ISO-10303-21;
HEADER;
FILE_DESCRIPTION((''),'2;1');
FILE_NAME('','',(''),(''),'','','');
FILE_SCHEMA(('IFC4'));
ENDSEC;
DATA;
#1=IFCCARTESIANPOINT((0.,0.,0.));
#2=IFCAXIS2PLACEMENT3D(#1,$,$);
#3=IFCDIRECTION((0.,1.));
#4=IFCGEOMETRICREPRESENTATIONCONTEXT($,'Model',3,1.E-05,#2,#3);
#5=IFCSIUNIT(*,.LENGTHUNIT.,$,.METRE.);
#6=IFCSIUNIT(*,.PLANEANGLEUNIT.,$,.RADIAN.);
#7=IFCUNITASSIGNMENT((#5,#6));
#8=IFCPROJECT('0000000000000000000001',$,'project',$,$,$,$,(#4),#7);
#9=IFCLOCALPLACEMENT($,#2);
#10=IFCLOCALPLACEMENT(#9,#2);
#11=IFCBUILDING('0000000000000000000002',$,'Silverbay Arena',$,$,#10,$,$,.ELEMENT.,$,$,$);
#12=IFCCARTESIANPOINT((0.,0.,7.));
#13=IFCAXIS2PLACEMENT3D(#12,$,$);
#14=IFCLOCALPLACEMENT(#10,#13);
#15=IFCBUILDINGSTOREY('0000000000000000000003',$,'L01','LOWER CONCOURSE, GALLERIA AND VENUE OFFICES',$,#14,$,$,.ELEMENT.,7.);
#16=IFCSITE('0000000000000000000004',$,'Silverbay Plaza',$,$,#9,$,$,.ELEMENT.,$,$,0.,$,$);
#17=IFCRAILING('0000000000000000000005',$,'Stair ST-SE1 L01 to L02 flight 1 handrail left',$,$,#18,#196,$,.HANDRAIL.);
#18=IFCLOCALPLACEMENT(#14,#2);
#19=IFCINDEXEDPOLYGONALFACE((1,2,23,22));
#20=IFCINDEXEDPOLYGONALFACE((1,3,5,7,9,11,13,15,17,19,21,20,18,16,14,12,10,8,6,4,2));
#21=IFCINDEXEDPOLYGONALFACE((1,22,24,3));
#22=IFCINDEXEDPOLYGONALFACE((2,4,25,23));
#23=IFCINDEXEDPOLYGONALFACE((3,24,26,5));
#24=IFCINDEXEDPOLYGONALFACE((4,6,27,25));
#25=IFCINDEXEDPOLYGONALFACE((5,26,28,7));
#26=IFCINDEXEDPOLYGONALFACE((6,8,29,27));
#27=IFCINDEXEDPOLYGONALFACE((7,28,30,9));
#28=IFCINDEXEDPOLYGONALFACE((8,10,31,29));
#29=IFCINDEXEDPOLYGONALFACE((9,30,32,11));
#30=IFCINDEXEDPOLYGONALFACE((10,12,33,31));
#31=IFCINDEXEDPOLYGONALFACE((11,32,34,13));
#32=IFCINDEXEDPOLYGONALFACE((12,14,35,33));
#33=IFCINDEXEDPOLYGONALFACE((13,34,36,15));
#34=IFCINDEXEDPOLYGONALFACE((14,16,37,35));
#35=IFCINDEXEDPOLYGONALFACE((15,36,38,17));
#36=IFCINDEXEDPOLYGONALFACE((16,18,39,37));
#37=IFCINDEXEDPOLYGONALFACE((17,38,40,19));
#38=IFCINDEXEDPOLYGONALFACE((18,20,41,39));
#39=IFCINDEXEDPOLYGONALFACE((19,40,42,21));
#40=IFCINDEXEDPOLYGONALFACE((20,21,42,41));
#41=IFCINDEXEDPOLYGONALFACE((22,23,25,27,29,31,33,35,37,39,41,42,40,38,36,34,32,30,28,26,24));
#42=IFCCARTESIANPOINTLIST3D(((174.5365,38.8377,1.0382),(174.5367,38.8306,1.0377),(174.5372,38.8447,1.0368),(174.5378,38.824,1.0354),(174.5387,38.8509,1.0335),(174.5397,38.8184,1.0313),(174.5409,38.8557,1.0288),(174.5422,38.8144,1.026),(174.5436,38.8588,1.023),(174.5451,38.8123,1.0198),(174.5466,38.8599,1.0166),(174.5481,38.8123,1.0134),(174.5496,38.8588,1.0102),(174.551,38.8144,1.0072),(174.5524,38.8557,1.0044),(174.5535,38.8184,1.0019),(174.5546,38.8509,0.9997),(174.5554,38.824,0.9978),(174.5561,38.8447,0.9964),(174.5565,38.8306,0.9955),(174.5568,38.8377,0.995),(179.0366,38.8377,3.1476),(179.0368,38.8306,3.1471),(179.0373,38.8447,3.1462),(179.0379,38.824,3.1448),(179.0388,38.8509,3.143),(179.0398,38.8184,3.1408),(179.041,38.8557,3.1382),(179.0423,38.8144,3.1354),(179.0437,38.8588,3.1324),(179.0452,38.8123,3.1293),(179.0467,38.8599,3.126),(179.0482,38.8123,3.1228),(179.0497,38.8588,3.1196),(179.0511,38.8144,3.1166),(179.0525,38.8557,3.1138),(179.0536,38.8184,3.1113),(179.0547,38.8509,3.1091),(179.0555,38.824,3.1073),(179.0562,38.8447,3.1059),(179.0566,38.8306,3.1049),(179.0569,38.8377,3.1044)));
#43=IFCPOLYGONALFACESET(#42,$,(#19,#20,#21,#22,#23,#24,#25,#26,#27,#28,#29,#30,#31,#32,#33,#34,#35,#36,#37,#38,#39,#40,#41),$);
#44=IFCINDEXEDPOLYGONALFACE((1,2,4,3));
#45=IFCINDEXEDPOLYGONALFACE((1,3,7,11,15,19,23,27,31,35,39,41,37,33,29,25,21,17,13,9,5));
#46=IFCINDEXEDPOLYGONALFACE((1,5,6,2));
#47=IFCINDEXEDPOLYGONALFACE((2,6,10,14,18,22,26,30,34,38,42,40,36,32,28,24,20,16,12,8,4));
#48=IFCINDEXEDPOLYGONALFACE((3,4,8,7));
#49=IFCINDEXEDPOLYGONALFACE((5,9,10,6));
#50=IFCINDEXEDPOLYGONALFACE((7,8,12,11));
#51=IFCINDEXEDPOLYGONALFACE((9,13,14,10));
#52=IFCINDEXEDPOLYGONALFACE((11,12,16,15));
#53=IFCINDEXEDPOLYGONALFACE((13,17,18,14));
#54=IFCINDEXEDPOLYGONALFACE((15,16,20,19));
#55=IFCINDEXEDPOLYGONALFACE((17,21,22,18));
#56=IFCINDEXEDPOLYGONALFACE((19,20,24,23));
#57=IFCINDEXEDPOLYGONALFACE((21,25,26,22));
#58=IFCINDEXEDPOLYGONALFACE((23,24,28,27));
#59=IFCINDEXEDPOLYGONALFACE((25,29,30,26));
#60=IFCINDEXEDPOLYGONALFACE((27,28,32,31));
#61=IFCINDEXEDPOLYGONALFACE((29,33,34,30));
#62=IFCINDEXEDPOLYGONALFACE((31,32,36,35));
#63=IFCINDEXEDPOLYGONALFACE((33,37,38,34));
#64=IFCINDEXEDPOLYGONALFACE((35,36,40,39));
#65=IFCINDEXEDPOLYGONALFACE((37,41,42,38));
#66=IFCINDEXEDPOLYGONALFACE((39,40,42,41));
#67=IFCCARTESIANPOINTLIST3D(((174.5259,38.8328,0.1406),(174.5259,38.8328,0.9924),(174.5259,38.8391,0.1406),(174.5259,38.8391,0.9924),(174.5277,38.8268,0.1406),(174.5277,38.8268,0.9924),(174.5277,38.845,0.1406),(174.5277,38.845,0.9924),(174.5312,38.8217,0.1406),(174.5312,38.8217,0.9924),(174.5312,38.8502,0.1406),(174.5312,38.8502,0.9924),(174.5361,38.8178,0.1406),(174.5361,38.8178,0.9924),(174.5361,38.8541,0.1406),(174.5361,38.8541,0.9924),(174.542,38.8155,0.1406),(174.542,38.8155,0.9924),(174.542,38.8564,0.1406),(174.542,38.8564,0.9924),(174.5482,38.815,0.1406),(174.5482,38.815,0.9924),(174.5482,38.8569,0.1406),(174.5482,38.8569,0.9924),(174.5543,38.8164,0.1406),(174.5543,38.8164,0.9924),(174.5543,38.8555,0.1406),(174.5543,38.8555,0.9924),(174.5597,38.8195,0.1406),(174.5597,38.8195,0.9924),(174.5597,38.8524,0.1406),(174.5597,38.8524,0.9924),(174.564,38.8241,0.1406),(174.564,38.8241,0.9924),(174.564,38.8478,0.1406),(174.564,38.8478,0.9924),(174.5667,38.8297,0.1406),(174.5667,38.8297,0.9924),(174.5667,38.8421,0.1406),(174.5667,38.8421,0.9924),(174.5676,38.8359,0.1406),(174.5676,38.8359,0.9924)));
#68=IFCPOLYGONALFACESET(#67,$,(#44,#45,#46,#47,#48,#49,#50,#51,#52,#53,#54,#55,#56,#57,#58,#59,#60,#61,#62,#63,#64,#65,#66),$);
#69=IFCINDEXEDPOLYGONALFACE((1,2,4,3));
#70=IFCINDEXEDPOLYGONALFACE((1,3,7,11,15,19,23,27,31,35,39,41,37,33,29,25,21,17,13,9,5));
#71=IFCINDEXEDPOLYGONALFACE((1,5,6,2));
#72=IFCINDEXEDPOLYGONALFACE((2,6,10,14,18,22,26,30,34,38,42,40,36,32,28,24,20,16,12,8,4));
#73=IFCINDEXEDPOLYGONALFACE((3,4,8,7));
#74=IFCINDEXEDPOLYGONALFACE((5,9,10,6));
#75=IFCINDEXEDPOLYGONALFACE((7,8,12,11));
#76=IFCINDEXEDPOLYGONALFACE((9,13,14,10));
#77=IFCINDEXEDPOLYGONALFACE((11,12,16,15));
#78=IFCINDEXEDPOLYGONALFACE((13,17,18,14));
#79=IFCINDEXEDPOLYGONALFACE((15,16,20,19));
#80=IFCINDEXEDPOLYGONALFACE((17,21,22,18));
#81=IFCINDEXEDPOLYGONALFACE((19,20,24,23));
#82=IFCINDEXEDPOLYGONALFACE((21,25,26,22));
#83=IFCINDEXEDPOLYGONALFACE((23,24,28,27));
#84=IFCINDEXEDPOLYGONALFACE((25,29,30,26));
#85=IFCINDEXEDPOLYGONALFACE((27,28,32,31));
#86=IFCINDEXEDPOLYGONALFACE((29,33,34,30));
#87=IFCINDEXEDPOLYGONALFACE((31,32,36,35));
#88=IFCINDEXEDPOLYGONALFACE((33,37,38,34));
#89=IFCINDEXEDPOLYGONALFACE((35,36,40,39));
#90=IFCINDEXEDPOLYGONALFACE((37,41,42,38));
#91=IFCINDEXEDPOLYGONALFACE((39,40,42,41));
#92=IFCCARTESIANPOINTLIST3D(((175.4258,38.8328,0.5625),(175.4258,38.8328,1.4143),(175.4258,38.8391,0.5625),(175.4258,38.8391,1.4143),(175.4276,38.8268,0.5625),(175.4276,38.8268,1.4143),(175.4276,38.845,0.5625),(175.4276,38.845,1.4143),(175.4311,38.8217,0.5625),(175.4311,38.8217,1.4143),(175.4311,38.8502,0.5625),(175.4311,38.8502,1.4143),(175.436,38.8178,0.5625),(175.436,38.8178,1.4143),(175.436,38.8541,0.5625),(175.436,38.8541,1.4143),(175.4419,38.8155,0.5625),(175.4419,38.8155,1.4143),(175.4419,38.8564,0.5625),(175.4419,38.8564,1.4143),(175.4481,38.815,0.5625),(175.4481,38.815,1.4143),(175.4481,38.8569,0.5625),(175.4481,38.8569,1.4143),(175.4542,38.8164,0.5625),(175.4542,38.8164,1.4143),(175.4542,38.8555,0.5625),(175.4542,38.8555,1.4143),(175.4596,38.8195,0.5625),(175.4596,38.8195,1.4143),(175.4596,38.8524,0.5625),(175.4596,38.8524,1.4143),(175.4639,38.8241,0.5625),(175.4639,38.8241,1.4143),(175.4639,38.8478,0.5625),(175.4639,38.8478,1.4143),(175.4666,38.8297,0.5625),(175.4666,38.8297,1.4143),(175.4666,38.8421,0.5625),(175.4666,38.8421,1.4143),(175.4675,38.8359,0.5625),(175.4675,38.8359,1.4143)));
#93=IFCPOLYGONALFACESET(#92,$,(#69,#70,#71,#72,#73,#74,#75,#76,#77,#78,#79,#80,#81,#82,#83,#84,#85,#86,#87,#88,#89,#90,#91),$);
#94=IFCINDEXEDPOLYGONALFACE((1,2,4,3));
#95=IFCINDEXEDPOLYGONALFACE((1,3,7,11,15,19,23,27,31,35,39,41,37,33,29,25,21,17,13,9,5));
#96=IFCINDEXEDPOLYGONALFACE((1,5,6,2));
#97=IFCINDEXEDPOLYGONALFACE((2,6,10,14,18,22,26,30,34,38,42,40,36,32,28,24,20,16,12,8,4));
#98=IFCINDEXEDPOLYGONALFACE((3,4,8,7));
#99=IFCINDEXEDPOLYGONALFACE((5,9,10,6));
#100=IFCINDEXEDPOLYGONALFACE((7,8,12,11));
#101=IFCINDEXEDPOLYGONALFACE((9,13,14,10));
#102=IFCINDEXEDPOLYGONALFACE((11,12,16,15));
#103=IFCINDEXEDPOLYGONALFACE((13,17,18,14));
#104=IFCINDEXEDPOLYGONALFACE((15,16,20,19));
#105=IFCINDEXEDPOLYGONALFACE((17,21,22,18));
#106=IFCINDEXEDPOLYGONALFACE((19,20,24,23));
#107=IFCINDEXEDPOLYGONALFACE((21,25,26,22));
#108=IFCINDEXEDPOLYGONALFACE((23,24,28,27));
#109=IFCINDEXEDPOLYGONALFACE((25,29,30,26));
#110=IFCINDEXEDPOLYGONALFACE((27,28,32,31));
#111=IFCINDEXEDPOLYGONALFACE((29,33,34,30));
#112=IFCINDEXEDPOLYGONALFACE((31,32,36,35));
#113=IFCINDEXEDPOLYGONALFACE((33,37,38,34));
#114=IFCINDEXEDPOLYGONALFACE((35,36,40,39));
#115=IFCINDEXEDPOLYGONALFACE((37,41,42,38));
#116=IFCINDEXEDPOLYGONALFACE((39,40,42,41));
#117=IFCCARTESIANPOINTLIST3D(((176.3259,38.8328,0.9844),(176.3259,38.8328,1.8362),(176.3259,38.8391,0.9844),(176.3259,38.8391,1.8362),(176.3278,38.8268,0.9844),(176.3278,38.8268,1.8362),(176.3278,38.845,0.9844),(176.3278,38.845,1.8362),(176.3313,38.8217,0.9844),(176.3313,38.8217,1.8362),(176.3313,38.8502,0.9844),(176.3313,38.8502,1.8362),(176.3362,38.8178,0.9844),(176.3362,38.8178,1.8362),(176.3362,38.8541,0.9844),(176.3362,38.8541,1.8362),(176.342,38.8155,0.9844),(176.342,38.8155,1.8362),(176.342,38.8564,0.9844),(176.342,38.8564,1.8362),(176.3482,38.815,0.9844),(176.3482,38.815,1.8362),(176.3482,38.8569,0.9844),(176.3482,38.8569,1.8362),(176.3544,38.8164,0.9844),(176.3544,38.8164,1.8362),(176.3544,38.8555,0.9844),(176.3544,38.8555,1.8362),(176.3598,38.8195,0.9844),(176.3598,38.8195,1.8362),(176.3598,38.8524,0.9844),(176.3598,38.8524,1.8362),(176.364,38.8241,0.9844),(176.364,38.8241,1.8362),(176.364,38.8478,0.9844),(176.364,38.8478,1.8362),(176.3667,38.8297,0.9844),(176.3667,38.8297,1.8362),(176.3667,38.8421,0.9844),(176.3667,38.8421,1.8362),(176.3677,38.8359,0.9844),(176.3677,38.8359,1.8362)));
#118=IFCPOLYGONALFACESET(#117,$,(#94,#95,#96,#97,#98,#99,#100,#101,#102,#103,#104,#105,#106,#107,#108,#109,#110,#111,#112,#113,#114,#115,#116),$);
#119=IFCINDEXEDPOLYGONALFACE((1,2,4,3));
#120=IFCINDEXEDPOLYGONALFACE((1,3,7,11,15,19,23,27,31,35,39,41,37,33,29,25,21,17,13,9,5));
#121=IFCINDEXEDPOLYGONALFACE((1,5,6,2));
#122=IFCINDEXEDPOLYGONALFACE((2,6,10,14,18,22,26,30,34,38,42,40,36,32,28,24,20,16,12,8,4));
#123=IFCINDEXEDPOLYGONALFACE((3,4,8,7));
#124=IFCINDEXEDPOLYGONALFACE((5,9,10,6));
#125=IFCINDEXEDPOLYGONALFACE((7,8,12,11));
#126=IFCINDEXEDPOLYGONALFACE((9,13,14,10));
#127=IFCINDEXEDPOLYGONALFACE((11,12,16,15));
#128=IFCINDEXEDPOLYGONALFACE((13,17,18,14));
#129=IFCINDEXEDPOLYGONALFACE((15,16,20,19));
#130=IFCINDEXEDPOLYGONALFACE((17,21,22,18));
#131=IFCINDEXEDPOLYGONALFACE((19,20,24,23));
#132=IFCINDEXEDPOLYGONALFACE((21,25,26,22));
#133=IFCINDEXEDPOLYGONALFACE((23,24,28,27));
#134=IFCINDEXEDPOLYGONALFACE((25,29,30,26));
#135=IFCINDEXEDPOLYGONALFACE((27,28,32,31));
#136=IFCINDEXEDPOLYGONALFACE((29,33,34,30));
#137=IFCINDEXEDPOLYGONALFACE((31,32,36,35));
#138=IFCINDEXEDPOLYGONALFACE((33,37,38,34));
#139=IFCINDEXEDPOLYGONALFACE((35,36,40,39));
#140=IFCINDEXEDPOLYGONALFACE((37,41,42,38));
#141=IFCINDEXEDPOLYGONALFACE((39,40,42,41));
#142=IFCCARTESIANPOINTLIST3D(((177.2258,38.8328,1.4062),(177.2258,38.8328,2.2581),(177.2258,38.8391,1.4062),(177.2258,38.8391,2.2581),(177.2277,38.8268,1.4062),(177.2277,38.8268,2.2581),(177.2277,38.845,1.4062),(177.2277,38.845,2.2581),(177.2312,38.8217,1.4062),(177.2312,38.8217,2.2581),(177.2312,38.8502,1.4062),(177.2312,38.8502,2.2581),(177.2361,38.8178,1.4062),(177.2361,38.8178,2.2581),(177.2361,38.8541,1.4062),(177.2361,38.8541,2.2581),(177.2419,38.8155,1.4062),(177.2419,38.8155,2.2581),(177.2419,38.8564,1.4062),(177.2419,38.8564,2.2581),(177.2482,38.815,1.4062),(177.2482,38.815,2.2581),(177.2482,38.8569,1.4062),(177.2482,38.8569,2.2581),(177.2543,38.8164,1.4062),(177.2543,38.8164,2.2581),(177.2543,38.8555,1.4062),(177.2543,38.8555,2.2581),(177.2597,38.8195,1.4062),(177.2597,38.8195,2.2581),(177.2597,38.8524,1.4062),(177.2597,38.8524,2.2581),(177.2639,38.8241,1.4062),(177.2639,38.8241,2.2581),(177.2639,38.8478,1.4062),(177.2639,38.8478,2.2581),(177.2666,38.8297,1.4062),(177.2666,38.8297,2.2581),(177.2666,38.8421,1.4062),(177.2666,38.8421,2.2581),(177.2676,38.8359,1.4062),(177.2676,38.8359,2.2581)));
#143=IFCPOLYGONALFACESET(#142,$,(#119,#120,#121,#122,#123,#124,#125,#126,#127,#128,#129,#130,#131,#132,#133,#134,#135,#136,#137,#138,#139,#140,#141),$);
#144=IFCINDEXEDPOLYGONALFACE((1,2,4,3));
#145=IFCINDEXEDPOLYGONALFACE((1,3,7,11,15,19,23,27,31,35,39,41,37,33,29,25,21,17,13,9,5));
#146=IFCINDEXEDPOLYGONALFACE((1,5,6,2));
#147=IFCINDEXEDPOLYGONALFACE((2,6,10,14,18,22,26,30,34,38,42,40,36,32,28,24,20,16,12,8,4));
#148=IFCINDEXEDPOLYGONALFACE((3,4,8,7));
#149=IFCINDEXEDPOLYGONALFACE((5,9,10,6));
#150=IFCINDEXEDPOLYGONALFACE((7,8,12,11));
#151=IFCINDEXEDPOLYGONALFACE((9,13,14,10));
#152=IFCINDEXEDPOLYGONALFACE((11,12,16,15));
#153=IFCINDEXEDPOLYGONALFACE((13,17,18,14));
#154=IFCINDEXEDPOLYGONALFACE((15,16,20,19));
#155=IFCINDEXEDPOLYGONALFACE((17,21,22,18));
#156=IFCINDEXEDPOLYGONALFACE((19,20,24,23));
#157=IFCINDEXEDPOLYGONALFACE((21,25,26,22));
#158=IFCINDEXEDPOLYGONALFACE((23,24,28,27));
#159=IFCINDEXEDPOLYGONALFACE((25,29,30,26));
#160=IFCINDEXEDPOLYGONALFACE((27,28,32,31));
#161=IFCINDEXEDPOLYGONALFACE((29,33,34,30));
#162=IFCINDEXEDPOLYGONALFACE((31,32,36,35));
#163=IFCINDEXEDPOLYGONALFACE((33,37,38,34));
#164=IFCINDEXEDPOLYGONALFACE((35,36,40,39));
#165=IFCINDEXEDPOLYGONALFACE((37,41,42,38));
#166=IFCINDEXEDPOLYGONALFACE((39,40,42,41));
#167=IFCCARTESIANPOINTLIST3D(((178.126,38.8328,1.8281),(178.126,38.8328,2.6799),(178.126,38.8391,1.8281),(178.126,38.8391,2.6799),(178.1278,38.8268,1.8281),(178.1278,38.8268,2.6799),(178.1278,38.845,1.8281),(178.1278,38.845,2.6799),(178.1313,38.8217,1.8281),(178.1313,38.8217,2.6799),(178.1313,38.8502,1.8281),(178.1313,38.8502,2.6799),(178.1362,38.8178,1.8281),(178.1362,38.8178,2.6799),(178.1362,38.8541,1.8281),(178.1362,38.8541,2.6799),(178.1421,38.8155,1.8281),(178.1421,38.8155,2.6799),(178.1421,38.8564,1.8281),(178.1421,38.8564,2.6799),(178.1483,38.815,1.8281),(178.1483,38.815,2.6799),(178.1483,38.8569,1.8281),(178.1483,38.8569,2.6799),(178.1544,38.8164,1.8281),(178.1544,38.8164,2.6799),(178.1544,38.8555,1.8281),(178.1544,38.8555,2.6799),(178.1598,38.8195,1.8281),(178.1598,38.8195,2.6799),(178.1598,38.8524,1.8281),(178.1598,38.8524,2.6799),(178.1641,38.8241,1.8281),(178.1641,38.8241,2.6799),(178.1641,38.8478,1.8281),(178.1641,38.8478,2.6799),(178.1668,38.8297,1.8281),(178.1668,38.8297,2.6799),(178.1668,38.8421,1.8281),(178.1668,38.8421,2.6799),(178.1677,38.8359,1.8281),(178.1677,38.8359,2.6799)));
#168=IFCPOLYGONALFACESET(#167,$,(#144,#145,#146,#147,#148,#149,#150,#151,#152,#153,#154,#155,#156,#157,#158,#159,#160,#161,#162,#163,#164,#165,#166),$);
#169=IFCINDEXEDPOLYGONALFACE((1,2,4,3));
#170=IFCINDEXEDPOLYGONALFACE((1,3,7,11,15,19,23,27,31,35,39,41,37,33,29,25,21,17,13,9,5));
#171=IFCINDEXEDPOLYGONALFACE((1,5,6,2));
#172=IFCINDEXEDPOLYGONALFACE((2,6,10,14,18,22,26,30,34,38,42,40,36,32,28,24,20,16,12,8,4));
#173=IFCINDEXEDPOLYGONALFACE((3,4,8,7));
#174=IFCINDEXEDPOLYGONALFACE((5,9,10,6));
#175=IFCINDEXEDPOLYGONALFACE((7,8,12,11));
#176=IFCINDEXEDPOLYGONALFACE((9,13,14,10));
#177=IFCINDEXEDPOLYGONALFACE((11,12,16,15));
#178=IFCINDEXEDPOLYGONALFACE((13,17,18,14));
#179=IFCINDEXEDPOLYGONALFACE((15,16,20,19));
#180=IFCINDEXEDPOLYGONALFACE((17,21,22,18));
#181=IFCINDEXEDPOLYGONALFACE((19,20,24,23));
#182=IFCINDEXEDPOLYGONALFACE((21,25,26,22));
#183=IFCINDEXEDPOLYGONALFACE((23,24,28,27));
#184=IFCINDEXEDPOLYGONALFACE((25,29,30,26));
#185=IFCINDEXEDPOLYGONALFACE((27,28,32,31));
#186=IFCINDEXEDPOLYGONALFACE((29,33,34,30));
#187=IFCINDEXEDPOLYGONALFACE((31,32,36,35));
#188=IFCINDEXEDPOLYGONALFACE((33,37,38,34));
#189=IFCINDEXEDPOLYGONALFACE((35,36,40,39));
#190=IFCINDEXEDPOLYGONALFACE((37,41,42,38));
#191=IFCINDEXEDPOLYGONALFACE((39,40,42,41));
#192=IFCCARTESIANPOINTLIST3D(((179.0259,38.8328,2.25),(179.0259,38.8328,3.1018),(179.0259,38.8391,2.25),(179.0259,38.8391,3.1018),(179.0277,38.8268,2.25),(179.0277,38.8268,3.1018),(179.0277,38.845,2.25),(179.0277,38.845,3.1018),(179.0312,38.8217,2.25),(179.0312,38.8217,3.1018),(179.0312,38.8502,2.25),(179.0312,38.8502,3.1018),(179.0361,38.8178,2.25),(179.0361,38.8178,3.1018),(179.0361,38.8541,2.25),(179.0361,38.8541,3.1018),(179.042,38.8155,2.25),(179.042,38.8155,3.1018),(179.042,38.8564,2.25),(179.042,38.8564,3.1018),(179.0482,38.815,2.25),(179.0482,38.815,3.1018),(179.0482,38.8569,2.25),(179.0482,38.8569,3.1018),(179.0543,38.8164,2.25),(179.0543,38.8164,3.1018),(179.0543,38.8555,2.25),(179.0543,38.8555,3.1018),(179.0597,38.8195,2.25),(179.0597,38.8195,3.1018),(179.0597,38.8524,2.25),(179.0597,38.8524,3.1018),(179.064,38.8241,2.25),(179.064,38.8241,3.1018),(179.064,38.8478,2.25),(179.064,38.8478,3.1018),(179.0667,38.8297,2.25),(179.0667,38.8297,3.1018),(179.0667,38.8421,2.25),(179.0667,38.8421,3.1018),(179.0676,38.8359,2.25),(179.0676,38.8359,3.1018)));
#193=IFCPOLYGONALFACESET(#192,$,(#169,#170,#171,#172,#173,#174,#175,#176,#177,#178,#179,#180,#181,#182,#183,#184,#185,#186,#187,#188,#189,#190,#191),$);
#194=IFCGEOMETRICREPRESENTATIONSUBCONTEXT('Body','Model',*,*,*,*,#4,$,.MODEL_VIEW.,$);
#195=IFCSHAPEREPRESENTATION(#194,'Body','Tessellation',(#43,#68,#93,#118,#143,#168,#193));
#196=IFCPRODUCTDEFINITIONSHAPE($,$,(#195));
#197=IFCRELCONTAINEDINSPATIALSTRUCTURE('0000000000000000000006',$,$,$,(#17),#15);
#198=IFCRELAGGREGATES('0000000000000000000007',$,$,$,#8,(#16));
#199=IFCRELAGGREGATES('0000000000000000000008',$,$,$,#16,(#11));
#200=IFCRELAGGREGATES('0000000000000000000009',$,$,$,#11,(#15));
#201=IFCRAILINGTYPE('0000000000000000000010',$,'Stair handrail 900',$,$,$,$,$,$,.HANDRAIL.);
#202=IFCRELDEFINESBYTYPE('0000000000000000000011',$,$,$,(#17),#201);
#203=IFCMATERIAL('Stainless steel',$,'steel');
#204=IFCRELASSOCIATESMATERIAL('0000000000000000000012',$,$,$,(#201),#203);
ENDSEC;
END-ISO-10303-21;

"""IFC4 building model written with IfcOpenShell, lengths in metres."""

from ifc_helpers import new_model, si_unit, direction, frame, origin, origin_2d, place, context, subcontext, project, spatial, circle, extrude, material, type_object, element, save


model = new_model("IFC4")

# Units and contexts
model_context = context("Model", 3, precision=1e-05, world=origin(), true_north=direction((0.0, 1.0)))
body_context = subcontext(model_context, "Body", "Model", "MODEL_VIEW")
ifc_project = project(units=[si_unit("LENGTHUNIT", "METRE"), si_unit("PLANEANGLEUNIT", "RADIAN")], contexts=[model_context])

# Site, building, storey
site_placement = place(None, origin())
site = spatial("IfcSite", under=ifc_project, at=site_placement, Name="Silverbay Plaza", CompositionType="ELEMENT", RefElevation=0.0)
building_placement = place(site_placement, origin())
building = spatial("IfcBuilding", under=site, at=building_placement, Name="Silverbay Arena", CompositionType="ELEMENT")
storey_placement = place(building_placement, frame((0.0, 0.0, 7.0)))
storey = spatial("IfcBuildingStorey", under=building, at=storey_placement, Name="L01", Description="LOWER CONCOURSE, GALLERIA AND VENUE OFFICES", CompositionType="ELEMENT", Elevation=7.0)

# Railing
ifc_material_1 = material(Name="Stainless steel", Category="steel")
railing_type_1 = type_object("IfcRailingType", Name="Stair handrail 900", PredefinedType="HANDRAIL", material=ifc_material_1)
for number, where, name in (
    (1, (174.5466, 38.8359, 0.1406), "Stair ST-SE1 L01 to L02 flight 1 handrail left"),
):
    element("IfcRailing", number, at=place(storey_placement, frame(where)), inside=storey, type_object=railing_type_1, Name=name, PredefinedType="HANDRAIL", context=body_context, shape_type="SweptSolid", body=[
        extrude(circle(Radius=0.0239, at=origin_2d()), frame((0.0, 0.0, 0.876), z_axis=(0.905459, 0.0, 0.424434), x_axis=(0.0, 1.0, 0.0)), (0.0, 0.0, 1.0), 4.97),
        extrude(circle(Radius=0.021, at=origin_2d()), origin(), (0.0, 0.0, 1.0), 0.8518),
        extrude(circle(Radius=0.021, at=origin_2d()), frame((0.8999, 0.0, 0.4219)), (0.0, 0.0, 1.0), 0.8518),
        extrude(circle(Radius=0.021, at=origin_2d()), frame((1.8, 0.0, 0.8438)), (0.0, 0.0, 1.0), 0.8518),
        extrude(circle(Radius=0.021, at=origin_2d()), frame((2.7, 0.0, 1.2656)), (0.0, 0.0, 1.0), 0.8518),
        extrude(circle(Radius=0.021, at=origin_2d()), frame((3.6001, 0.0, 1.6875)), (0.0, 0.0, 1.0), 0.8518),
        extrude(circle(Radius=0.021, at=origin_2d()), frame((4.5, 0.0, 2.1094)), (0.0, 0.0, 1.0), 0.8518),
    ])

save(model, "model.ifc")
